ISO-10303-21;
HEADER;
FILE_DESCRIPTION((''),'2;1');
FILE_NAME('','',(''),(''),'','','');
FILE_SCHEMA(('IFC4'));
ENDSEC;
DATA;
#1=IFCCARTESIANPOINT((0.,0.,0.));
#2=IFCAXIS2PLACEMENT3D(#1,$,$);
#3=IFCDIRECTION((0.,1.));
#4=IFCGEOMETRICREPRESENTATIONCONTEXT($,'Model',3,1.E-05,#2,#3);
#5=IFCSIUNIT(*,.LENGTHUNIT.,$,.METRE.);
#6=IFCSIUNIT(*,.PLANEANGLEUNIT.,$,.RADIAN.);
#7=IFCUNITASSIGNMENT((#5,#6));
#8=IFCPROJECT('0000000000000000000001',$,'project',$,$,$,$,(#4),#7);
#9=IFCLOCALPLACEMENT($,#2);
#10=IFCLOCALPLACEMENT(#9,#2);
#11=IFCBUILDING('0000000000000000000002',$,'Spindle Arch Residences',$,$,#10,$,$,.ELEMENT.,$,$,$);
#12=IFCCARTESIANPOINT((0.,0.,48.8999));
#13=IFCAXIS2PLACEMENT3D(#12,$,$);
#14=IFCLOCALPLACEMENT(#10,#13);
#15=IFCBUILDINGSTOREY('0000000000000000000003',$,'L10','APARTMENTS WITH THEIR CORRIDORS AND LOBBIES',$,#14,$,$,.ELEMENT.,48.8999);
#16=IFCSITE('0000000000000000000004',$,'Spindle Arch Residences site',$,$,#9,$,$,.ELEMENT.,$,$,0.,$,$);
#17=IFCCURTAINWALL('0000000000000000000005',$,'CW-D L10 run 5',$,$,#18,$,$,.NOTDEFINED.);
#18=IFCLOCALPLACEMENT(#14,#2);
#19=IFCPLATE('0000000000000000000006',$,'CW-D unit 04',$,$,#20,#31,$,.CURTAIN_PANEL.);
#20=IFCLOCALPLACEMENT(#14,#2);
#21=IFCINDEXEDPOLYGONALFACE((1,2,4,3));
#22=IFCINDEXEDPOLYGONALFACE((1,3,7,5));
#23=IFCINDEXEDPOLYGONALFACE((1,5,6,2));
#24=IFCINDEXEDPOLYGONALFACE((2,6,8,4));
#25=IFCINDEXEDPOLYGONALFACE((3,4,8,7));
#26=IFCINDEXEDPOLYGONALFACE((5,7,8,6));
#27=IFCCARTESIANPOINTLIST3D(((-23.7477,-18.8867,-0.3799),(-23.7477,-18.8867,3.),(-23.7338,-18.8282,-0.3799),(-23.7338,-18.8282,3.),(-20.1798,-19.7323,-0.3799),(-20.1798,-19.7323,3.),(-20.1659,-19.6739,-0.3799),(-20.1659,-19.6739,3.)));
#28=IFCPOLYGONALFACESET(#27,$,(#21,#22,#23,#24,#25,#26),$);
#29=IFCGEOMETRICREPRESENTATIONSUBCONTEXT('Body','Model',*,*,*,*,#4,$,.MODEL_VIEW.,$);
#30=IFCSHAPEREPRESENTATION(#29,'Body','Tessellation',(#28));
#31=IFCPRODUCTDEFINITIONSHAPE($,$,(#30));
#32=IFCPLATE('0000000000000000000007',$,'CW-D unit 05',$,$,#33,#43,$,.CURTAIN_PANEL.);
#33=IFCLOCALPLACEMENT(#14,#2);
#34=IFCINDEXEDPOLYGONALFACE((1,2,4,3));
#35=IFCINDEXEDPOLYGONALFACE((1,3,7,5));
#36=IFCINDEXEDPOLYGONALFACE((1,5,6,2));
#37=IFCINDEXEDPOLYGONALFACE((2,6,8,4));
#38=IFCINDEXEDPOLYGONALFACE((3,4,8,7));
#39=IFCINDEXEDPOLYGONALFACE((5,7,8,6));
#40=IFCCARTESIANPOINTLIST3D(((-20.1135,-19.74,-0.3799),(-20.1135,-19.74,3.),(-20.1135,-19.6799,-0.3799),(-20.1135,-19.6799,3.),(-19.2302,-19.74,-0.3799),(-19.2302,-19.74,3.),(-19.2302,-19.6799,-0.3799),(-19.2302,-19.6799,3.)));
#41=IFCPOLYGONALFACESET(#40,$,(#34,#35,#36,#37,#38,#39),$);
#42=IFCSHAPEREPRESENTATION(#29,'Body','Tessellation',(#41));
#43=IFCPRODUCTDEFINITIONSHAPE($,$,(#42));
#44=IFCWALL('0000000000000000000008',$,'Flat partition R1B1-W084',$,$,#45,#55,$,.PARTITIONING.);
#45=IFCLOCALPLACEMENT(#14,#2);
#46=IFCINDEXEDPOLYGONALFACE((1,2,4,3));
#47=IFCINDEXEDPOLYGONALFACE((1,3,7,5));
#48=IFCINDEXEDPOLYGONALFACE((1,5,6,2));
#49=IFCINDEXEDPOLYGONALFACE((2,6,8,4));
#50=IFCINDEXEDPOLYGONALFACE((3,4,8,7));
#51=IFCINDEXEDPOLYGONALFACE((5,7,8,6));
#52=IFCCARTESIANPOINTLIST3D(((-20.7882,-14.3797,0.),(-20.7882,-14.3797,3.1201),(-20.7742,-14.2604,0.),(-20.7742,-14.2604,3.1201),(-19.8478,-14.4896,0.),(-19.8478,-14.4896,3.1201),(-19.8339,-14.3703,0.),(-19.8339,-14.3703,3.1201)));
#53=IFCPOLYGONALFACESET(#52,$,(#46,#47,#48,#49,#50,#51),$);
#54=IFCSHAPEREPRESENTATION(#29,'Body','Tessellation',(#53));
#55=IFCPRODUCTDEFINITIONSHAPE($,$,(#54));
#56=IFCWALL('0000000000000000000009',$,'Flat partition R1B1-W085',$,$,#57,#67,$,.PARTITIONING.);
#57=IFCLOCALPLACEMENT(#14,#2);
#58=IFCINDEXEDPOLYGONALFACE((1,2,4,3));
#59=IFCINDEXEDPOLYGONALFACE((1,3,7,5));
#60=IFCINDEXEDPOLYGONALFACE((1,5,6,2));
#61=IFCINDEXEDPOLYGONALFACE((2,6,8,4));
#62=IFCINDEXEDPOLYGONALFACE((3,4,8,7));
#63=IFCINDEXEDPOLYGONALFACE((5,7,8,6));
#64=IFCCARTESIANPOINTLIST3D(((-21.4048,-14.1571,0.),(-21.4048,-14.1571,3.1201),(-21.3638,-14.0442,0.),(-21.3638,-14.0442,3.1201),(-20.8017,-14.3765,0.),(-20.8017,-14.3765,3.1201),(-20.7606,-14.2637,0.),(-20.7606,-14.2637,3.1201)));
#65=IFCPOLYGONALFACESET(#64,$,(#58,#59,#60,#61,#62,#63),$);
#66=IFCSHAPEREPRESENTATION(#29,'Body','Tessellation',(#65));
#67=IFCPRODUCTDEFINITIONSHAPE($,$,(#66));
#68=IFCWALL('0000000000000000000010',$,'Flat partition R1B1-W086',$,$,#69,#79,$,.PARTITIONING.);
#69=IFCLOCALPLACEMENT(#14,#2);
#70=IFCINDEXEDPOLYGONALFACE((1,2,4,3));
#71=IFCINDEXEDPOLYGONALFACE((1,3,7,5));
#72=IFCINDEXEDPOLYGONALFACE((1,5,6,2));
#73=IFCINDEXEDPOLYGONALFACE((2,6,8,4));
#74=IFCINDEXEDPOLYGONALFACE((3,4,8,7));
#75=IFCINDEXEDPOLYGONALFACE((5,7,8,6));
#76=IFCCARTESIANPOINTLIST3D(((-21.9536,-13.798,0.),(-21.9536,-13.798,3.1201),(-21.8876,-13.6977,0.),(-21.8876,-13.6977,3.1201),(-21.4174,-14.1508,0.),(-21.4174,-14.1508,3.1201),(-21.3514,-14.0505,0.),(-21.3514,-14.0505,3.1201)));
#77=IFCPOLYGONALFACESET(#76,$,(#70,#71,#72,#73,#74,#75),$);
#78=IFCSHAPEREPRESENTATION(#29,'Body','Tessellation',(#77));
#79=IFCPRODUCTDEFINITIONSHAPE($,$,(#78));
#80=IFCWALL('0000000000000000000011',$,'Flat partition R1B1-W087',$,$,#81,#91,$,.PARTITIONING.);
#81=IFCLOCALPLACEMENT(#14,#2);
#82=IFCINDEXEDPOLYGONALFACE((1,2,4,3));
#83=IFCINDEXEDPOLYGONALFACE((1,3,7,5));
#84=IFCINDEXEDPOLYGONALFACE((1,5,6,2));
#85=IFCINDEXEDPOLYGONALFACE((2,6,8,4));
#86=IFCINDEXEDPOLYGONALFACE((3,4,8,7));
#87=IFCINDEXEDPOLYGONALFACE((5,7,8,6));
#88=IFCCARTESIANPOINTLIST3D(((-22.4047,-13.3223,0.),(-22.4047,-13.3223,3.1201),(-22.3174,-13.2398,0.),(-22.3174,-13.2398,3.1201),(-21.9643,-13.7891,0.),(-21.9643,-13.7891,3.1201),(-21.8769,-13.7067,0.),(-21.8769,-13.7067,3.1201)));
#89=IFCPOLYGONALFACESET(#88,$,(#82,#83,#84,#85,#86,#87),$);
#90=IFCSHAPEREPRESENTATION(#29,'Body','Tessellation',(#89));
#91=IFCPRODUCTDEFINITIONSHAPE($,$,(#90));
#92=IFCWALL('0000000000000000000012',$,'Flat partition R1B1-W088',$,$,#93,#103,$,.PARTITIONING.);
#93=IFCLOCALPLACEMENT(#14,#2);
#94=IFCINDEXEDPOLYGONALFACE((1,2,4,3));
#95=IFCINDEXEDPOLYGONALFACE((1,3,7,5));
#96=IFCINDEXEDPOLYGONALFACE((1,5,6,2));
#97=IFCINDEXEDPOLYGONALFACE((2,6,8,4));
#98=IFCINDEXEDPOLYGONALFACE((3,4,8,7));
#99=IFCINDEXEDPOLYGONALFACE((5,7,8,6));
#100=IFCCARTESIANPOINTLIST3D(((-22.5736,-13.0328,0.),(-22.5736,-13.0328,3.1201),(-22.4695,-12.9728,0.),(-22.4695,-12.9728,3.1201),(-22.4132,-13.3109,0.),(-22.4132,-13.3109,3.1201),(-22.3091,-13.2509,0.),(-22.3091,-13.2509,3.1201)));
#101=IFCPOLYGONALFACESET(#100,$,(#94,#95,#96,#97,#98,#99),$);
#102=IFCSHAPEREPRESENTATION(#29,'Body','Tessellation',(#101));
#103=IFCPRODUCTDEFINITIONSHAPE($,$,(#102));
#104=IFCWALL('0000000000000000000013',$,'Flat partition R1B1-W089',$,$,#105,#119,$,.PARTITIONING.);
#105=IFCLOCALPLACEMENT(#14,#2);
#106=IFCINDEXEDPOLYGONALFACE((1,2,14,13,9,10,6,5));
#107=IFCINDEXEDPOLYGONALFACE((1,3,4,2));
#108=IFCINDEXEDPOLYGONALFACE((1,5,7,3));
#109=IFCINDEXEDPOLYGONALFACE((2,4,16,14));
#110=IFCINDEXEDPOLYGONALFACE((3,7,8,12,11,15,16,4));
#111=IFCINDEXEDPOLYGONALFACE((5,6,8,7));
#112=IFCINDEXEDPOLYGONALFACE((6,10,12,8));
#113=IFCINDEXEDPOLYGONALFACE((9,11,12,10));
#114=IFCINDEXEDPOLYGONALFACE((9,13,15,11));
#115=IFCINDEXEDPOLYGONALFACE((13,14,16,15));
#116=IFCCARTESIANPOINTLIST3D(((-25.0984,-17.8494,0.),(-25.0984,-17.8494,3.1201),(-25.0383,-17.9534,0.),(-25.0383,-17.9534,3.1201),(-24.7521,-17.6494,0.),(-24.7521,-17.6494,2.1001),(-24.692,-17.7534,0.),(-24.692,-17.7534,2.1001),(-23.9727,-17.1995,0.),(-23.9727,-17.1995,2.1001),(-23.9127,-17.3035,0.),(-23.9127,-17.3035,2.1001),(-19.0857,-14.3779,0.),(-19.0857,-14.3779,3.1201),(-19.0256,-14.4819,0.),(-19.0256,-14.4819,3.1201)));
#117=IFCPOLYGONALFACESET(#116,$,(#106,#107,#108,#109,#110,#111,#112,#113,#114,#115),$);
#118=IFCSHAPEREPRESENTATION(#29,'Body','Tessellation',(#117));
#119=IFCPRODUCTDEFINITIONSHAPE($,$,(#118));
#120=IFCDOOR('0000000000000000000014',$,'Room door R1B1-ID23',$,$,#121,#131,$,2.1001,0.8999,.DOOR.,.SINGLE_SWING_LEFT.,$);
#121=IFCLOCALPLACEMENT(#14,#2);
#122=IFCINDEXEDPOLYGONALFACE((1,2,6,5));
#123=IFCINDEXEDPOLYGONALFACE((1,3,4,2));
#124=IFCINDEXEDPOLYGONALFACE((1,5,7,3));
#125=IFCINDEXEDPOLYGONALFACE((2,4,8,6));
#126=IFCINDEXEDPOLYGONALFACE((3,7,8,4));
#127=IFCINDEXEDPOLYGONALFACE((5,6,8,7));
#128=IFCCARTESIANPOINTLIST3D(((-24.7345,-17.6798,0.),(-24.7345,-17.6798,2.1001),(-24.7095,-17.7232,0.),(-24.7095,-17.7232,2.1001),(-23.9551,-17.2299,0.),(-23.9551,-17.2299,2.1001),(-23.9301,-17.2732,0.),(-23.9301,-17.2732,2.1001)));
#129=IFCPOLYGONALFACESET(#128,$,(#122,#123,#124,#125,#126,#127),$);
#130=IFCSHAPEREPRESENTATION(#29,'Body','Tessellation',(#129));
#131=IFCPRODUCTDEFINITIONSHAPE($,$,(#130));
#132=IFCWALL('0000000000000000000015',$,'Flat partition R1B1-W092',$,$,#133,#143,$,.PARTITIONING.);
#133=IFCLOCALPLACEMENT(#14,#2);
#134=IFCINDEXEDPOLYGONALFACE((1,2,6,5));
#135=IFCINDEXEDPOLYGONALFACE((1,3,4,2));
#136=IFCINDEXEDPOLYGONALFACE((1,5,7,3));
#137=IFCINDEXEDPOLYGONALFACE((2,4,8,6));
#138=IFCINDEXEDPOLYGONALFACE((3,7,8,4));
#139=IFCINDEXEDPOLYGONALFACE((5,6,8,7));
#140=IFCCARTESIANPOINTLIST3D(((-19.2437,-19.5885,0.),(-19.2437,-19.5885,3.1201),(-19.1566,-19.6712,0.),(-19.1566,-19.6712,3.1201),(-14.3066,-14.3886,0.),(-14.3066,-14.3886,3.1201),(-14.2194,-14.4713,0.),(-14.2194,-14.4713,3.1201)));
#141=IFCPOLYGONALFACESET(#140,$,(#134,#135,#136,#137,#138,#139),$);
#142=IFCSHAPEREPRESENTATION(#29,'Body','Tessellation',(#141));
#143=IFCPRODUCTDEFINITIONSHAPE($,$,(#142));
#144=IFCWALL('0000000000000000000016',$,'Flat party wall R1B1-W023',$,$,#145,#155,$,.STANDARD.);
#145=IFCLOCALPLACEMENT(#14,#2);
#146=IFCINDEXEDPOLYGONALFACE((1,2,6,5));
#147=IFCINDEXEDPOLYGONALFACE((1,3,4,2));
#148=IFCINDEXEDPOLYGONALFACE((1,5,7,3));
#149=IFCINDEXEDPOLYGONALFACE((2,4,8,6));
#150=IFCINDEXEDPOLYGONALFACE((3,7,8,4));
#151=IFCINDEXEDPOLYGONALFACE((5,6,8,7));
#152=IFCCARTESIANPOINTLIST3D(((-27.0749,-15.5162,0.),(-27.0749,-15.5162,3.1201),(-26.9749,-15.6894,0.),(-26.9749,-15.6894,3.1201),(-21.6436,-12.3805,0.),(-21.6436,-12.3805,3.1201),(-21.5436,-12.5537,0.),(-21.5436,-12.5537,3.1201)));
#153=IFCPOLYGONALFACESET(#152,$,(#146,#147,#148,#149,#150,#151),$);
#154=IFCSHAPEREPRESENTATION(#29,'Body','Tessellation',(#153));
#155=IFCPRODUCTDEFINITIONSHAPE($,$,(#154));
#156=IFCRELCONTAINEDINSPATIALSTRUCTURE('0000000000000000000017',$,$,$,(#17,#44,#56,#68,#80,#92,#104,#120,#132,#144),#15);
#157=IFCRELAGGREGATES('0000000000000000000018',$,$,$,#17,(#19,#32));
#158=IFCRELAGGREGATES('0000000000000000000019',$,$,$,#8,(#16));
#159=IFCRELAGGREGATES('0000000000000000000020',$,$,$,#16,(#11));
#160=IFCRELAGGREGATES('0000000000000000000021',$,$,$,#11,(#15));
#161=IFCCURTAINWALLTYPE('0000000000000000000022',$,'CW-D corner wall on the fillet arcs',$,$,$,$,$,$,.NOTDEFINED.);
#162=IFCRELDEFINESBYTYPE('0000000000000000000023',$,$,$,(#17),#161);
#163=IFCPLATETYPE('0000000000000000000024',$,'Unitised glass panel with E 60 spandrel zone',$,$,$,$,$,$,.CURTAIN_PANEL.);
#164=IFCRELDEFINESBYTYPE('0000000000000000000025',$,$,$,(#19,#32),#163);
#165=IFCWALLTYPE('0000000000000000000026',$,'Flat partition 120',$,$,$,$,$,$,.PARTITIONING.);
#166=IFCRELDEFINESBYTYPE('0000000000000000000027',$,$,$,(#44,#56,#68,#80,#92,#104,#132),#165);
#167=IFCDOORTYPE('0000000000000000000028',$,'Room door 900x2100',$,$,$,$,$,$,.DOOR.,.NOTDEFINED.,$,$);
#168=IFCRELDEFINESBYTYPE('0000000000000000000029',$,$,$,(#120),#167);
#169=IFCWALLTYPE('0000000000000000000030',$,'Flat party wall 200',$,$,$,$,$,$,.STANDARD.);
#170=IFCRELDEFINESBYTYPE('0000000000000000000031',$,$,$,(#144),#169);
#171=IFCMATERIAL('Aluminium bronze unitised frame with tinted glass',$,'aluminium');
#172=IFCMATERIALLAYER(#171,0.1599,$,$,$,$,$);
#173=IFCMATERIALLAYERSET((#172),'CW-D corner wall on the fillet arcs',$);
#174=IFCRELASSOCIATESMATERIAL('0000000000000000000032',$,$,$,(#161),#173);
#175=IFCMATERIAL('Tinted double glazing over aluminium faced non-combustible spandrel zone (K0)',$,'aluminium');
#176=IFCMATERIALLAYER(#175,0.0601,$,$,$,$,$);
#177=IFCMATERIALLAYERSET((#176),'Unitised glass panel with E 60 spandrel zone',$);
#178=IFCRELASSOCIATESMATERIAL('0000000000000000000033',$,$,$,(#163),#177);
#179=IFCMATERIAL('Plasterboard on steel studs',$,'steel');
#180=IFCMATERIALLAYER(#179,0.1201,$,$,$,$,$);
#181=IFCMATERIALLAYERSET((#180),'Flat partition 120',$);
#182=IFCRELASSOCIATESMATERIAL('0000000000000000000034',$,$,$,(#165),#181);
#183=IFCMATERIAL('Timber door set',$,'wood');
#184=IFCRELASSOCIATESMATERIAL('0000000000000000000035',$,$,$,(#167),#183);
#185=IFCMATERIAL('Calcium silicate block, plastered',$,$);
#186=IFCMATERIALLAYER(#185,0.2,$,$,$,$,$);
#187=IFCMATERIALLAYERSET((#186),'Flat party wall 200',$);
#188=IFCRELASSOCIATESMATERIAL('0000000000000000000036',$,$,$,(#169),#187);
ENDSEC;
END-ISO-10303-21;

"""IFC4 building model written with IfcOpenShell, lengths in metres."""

from ifc_helpers import new_model, si_unit, direction, frame, frame_2d, origin, origin_2d, place, context, subcontext, project, spatial, rectangle, extrude, material, layer, layer_set, type_object, element, fill, aggregate, save


model = new_model("IFC4")

# Units and contexts
model_context = context("Model", 3, precision=1e-05, world=origin(), true_north=direction((0.0, 1.0)))
body_context = subcontext(model_context, "Body", "Model", "MODEL_VIEW")
ifc_project = project(units=[si_unit("LENGTHUNIT", "METRE"), si_unit("PLANEANGLEUNIT", "RADIAN")], contexts=[model_context])

# Site, building, storey
site_placement = place(None, origin())
site = spatial("IfcSite", under=ifc_project, at=site_placement, Name="Spindle Arch Residences site", CompositionType="ELEMENT", RefElevation=0.0)
building_placement = place(site_placement, origin())
building = spatial("IfcBuilding", under=site, at=building_placement, Name="Spindle Arch Residences", CompositionType="ELEMENT")
storey_placement = place(building_placement, frame((0.0, 0.0, 48.8999)))
storey = spatial("IfcBuildingStorey", under=building, at=storey_placement, Name="L10", Description="APARTMENTS WITH THEIR CORRIDORS AND LOBBIES", CompositionType="ELEMENT", Elevation=48.8999)

# Curtain wall
ifc_material_1 = material(Name="Aluminium bronze unitised frame with tinted glass", Category="aluminium")
ifc_layer_1 = layer(ifc_material_1, 0.1599)
ifc_layer_set_1 = layer_set([ifc_layer_1], Name="CW-D corner wall on the fillet arcs")
curtain_wall_type_1 = type_object("IfcCurtainWallType", Name="CW-D corner wall on the fillet arcs", PredefinedType="NOTDEFINED", material=ifc_layer_set_1)
curtain_wall_1_placement = place(storey_placement, origin())
curtain_wall_1 = element("IfcCurtainWall", 1, at=curtain_wall_1_placement, inside=storey, type_object=curtain_wall_type_1, Name="CW-D L10 run 5", PredefinedType="NOTDEFINED")

# Plates
ifc_material_2 = material(Name="Tinted double glazing over aluminium faced non-combustible spandrel zone (K0)", Category="aluminium")
ifc_layer_2 = layer(ifc_material_2, 0.0601)
ifc_layer_set_2 = layer_set([ifc_layer_2], Name="Unitised glass panel with E 60 spandrel zone")
plate_type = type_object("IfcPlateType", Name="Unitised glass panel with E 60 spandrel zone", PredefinedType="CURTAIN_PANEL", material=ifc_layer_set_2)
plate_1_placement = place(storey_placement, frame((-21.9568, -19.2803, -0.3799), z_axis=(0.0, 0.0, 1.0), x_axis=(0.973045, -0.230616, 0.0)))
plate_1 = element("IfcPlate", 2, at=plate_1_placement, type_object=plate_type, Name="CW-D unit 04", PredefinedType="CURTAIN_PANEL", context=body_context, shape_type="SweptSolid", body=[
    extrude(rectangle(XDim=3.6667, YDim=0.0601, at=origin_2d()), origin(), (0.0, 0.0, 1.0), 3.3799),
])
plate_2_placement = place(storey_placement, frame((-19.6719, -19.71, -0.3799), z_axis=(0.0, 0.0, 1.0), x_axis=(1.0, 0.0, 0.0)))
plate_2 = element("IfcPlate", 3, at=plate_2_placement, type_object=plate_type, Name="CW-D unit 05", PredefinedType="CURTAIN_PANEL", context=body_context, shape_type="SweptSolid", body=[
    extrude(rectangle(XDim=0.8833, YDim=0.0601, at=origin_2d()), origin(), (0.0, 0.0, 1.0), 3.3799),
])
aggregate(curtain_wall_1, [plate_1, plate_2])

# Walls
ifc_material_3 = material(Name="Plasterboard on steel studs", Category="steel")
ifc_layer_3 = layer(ifc_material_3, 0.1201)
ifc_layer_set_3 = layer_set([ifc_layer_3], Name="Flat partition 120")
wall_type_1 = type_object("IfcWallType", Name="Flat partition 120", PredefinedType="PARTITIONING", material=ifc_layer_set_3)
wall_1_placement = place(storey_placement, frame((-19.8408, -14.4299, 0.0), z_axis=(0.0, 0.0, 1.0), x_axis=(-0.993245, 0.116033, 0.0)))
element("IfcWall", 4, at=wall_1_placement, inside=storey, type_object=wall_type_1, Name="Flat partition R1B1-W084", PredefinedType="PARTITIONING", context=body_context, shape_type="SweptSolid", body=[
    extrude(rectangle(XDim=0.9468, YDim=0.1201, at=frame_2d((0.4734, 0.0))), origin(), (0.0, 0.0, 1.0), 3.1201),
])
for number, where, z_axis, x_axis, name in (
    (5, (-20.7812, -14.3201, 0.0), (0.0, 0.0, 1.0), (-0.939738, 0.341896, 0.0), "Flat partition R1B1-W085"),
    (6, (-21.3845, -14.1006, 0.0), (0.0, 0.0, 1.0), (-0.835371, 0.549686, 0.0), "Flat partition R1B1-W086"),
    (7, (-21.9207, -13.7478, 0.0), (0.0, 0.0, 1.0), (-0.686266, 0.727351, 0.0), "Flat partition R1B1-W087"),
):
    element("IfcWall", number, at=place(storey_placement, frame(where, z_axis=z_axis, x_axis=x_axis)), inside=storey, type_object=wall_type_1, Name=name, PredefinedType="PARTITIONING", context=body_context, shape_type="SweptSolid", body=[
        extrude(rectangle(XDim=0.6418, YDim=0.1201, at=frame_2d((0.3208, 0.0))), origin(), (0.0, 0.0, 1.0), 3.1201),
    ])
wall_2_placement = place(storey_placement, frame((-22.3611, -13.281, 0.0), z_axis=(0.0, 0.0, 1.0), x_axis=(-0.499657, 0.866224, 0.0)))
element("IfcWall", 8, at=wall_2_placement, inside=storey, type_object=wall_type_1, Name="Flat partition R1B1-W088", PredefinedType="PARTITIONING", context=body_context, shape_type="SweptSolid", body=[
    extrude(rectangle(XDim=0.321, YDim=0.1201, at=frame_2d((0.1606, 0.0))), origin(), (0.0, 0.0, 1.0), 3.1201),
])

# Wall, opening, door
wall_3_placement = place(storey_placement, frame((-25.0684, -17.9014, 0.0), z_axis=(0.0, 0.0, 1.0), x_axis=(0.866025, 0.5, 0.0)))
wall_3 = element("IfcWall", 9, at=wall_3_placement, inside=storey, type_object=wall_type_1, Name="Flat partition R1B1-W089", PredefinedType="PARTITIONING", context=body_context, shape_type="SweptSolid", body=[
    extrude(rectangle(XDim=6.9429, YDim=0.1201, at=frame_2d((3.4714, 0.0))), origin(), (0.0, 0.0, 1.0), 3.1201),
])
opening_placement = place(wall_3_placement, frame((0.3999, 0.0, 0.0)))
opening = element("IfcOpeningElement", 10, at=opening_placement, cuts=wall_3, PredefinedType="OPENING", context=body_context, shape_type="SweptSolid", body=[
    extrude(rectangle(XDim=0.8999, YDim=2.1001, at=frame_2d((0.45, 1.05))), frame((0.0, 0.0701, 0.0), z_axis=(0.0, -1.0, 0.0), x_axis=(1.0, 0.0, 0.0)), (0.0, 0.0, 1.0), 0.1401),
])
ifc_material_4 = material(Name="Timber door set", Category="wood")
door_type = type_object("IfcDoorType", Name="Room door 900x2100", OperationType="NOTDEFINED", PredefinedType="DOOR", material=ifc_material_4)
door_placement = place(opening_placement, origin())
door = element("IfcDoor", 11, at=door_placement, inside=storey, type_object=door_type, Name="Room door R1B1-ID23", OperationType="SINGLE_SWING_LEFT", OverallHeight=2.1001, OverallWidth=0.8999, PredefinedType="DOOR", context=body_context, shape_type="SweptSolid", body=[
    extrude(rectangle(XDim=0.8999, YDim=2.1001, at=frame_2d((0.45, 1.05))), frame((0.0, 0.0249, 0.0), z_axis=(0.0, -1.0, 0.0), x_axis=(1.0, 0.0, 0.0)), (0.0, 0.0, 1.0), 0.05),
])
fill(opening, door)

# Walls
wall_4_placement = place(storey_placement, frame((-19.2002, -19.6299, 0.0), z_axis=(0.0, 0.0, 1.0), x_axis=(0.688552, 0.725187, 0.0)))
element("IfcWall", 12, at=wall_4_placement, inside=storey, type_object=wall_type_1, Name="Flat partition R1B1-W092", PredefinedType="PARTITIONING", context=body_context, shape_type="SweptSolid", body=[
    extrude(rectangle(XDim=7.1704, YDim=0.1201, at=frame_2d((3.5852, 0.0))), origin(), (0.0, 0.0, 1.0), 3.1201),
])
ifc_material_5 = material(Name="Calcium silicate block, plastered")
ifc_layer_4 = layer(ifc_material_5, 0.2)
ifc_layer_set_4 = layer_set([ifc_layer_4], Name="Flat party wall 200")
wall_type_2 = type_object("IfcWallType", Name="Flat party wall 200", PredefinedType="STANDARD", material=ifc_layer_set_4)
wall_5_placement = place(storey_placement, frame((-27.0249, -15.6028, 0.0), z_axis=(0.0, 0.0, 1.0), x_axis=(0.866031, 0.499991, 0.0)))
element("IfcWall", 13, at=wall_5_placement, inside=storey, type_object=wall_type_2, Name="Flat party wall R1B1-W023", PredefinedType="STANDARD", context=body_context, shape_type="SweptSolid", body=[
    extrude(rectangle(XDim=6.2715, YDim=0.2, at=frame_2d((3.1357, 0.0))), origin(), (0.0, 0.0, 1.0), 3.1201),
])

save(model, "model.ifc")
